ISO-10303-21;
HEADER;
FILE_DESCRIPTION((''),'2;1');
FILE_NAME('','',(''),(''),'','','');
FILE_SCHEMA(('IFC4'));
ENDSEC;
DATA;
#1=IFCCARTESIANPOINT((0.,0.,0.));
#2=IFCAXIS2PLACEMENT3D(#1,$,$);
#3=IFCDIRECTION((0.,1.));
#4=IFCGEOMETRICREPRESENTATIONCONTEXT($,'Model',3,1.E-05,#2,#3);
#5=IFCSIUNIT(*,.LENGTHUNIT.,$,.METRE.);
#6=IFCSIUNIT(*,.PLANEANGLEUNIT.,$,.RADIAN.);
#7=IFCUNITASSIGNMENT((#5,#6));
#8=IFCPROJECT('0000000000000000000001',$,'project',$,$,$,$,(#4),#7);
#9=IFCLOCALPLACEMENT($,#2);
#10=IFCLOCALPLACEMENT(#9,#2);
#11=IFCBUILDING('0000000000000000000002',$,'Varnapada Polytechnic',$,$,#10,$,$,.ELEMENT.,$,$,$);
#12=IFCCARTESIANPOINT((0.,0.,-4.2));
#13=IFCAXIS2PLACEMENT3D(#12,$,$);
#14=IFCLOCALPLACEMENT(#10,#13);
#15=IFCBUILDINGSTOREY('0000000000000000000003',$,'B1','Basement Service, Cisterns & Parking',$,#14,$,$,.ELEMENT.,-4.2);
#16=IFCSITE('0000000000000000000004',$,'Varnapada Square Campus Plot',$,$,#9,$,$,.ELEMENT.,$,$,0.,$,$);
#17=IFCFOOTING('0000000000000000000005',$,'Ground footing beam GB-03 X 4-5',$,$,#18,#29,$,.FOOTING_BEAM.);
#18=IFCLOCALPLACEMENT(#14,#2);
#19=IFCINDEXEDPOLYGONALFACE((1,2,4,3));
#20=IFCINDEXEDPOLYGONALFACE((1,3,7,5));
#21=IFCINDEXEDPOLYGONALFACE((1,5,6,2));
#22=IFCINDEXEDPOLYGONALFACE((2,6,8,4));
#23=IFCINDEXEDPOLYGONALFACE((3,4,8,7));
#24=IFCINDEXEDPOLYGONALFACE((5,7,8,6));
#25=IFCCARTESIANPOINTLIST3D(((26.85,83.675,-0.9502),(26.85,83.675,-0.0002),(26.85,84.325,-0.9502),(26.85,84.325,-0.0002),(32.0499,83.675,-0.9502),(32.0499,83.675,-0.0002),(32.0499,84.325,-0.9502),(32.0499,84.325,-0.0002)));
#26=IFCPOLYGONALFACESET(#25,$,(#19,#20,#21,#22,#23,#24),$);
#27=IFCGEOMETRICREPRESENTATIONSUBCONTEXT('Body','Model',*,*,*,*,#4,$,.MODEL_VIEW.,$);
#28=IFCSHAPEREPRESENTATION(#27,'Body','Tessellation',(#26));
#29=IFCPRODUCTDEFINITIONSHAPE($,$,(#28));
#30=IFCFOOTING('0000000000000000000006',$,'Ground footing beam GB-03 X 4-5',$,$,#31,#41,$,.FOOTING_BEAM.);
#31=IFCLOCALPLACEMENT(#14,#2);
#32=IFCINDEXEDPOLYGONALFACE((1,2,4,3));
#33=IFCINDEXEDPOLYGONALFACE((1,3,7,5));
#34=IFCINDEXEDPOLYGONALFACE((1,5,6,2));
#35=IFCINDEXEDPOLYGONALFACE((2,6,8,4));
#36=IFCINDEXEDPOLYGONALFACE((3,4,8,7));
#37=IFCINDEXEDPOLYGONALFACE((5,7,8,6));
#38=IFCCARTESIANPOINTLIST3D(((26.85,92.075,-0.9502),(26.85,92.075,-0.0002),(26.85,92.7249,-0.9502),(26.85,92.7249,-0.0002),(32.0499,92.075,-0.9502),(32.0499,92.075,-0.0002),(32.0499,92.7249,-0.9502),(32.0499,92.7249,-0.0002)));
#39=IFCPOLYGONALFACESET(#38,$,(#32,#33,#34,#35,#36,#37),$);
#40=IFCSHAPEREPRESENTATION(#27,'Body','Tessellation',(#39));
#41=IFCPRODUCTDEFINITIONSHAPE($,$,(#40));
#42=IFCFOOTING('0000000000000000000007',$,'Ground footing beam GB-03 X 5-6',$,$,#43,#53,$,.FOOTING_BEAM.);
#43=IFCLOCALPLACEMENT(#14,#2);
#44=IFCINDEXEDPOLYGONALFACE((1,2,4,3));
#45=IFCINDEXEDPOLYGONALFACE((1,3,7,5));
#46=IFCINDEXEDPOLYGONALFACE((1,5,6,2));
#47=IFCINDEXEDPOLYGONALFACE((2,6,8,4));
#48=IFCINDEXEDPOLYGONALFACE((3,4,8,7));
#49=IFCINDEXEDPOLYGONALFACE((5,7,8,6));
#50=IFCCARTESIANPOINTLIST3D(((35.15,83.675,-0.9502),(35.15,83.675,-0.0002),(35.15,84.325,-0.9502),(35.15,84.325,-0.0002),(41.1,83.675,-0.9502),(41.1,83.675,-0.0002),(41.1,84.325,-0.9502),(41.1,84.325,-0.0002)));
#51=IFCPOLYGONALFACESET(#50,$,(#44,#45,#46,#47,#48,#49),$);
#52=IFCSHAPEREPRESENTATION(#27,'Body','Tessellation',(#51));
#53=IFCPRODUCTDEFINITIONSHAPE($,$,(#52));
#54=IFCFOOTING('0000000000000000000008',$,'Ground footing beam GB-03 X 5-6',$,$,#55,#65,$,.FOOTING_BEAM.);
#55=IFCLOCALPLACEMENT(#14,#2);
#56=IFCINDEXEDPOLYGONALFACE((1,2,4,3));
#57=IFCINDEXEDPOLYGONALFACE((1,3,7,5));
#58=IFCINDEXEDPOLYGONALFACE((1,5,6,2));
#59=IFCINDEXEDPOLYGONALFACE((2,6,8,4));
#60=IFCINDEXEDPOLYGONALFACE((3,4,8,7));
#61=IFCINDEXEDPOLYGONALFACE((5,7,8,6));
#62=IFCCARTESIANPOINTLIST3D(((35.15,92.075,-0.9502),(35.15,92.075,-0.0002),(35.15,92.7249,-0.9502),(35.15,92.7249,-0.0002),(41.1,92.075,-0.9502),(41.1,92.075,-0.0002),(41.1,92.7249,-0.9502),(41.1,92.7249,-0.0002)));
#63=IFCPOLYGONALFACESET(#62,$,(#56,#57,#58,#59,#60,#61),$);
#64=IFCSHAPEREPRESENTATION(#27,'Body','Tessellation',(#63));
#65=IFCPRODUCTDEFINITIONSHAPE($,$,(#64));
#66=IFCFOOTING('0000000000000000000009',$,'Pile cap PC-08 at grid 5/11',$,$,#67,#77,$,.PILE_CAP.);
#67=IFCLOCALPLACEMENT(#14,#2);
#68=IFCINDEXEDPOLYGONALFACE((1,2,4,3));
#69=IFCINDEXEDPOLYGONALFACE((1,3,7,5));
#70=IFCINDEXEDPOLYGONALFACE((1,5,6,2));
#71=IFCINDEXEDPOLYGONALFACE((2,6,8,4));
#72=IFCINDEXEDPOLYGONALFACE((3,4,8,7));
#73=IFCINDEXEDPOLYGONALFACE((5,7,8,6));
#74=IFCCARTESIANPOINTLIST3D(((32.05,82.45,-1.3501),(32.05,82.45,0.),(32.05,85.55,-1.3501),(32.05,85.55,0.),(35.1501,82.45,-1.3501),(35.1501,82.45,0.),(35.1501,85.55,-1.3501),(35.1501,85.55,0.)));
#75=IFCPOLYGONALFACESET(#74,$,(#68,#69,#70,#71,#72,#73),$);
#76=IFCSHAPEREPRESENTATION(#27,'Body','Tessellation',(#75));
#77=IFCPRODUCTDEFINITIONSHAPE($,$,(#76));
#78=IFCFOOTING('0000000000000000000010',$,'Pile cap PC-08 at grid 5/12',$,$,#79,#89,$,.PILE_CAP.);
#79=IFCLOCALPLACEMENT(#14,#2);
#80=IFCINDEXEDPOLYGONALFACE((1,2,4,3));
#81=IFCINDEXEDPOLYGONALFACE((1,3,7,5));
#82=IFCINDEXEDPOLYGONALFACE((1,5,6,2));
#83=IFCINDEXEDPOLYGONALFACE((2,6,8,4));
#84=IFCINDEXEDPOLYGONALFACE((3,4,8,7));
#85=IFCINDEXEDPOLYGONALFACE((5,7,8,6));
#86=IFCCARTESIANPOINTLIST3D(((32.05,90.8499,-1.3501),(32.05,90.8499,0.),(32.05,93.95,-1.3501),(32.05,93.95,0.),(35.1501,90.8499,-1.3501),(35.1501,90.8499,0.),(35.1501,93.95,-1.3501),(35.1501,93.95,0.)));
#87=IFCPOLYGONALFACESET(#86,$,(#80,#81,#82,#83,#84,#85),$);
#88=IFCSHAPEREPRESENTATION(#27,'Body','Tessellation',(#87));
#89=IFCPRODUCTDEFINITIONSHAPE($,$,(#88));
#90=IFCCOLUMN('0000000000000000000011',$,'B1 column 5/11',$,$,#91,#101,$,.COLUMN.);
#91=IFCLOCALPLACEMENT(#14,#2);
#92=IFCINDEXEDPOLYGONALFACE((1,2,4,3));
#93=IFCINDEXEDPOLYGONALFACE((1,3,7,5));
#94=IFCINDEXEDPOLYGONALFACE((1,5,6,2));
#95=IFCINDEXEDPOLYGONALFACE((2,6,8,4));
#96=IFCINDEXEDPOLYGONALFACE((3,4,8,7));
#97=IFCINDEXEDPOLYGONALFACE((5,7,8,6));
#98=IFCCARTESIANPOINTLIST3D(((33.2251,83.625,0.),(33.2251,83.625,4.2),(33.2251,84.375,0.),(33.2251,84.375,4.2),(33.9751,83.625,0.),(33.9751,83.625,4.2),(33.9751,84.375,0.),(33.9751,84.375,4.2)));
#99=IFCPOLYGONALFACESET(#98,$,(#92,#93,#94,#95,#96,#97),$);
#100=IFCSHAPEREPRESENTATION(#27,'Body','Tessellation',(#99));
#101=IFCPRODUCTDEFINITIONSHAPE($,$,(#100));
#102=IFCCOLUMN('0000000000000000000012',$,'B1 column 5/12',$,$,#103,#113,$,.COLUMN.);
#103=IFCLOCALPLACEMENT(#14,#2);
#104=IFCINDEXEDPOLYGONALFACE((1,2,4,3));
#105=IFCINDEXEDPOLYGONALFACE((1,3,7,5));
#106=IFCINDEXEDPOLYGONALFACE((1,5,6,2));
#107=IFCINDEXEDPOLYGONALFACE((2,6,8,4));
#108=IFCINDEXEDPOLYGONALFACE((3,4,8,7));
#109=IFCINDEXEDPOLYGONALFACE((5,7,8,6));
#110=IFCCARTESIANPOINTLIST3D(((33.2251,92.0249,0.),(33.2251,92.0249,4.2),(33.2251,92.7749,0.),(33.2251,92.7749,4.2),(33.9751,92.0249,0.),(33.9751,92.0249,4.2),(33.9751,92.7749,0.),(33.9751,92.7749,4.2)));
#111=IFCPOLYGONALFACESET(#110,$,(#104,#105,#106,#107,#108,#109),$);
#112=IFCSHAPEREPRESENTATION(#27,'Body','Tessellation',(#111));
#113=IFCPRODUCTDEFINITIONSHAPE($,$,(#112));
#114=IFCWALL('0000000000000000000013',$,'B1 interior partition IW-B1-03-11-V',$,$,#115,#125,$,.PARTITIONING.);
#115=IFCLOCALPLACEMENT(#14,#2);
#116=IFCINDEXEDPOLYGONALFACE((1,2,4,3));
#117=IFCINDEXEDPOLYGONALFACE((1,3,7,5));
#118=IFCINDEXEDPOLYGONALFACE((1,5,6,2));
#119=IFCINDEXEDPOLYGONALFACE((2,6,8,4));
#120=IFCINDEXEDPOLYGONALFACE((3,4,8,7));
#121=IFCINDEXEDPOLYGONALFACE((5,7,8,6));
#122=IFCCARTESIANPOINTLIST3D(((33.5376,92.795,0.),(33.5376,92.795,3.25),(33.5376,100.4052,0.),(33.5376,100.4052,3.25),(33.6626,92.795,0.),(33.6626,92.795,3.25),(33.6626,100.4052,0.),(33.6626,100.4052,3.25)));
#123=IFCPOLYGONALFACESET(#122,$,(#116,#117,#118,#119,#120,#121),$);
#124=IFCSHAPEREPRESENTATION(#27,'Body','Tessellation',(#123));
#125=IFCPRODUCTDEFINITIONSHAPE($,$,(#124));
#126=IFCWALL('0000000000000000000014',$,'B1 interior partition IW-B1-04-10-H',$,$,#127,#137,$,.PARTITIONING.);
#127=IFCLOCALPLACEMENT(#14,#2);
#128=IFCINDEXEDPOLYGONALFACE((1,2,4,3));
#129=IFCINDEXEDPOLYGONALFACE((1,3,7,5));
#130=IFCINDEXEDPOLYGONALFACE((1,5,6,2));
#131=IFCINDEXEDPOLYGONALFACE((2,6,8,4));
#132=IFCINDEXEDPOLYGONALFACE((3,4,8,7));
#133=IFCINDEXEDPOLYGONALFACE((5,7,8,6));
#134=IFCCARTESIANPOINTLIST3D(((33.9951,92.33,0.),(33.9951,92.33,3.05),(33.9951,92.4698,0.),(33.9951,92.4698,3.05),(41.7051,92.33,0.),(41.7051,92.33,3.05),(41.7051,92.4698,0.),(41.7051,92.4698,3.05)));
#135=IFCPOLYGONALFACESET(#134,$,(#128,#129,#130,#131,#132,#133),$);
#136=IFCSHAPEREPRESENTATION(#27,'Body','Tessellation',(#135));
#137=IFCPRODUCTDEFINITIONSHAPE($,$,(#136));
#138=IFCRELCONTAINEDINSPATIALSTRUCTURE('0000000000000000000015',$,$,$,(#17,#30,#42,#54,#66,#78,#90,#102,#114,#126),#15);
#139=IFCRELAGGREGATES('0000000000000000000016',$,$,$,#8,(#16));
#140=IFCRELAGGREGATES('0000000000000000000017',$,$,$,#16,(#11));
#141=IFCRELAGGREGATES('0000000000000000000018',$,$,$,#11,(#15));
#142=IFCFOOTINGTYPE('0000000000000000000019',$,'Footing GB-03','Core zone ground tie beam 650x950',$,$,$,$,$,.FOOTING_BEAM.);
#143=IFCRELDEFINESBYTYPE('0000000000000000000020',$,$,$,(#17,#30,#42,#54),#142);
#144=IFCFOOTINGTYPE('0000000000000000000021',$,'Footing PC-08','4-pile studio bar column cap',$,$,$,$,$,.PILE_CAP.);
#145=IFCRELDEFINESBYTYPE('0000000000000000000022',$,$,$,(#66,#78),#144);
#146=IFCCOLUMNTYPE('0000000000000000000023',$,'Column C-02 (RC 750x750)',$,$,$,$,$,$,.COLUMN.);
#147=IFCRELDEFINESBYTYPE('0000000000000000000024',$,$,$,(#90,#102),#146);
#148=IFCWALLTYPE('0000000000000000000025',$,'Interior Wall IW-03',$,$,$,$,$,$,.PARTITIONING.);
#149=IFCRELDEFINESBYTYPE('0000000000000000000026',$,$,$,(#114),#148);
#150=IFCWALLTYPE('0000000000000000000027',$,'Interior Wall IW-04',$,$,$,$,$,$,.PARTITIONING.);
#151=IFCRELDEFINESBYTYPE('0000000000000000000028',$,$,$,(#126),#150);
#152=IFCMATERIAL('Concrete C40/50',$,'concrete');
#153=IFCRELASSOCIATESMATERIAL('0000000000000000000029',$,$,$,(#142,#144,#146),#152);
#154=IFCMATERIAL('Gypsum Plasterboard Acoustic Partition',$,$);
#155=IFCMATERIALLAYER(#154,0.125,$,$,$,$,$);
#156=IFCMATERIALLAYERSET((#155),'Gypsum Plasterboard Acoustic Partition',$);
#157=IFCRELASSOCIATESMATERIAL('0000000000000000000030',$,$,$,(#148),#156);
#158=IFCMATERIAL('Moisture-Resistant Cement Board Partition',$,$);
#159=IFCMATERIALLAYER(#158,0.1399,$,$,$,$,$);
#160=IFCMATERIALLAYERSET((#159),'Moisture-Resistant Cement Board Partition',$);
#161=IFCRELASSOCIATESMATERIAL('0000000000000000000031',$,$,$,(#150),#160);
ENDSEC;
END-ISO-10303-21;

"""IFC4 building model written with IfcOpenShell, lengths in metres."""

from ifc_helpers import new_model, si_unit, direction, frame, frame_2d, origin, origin_2d, place, context, subcontext, project, spatial, rectangle, extrude, material, layer, layer_set, material_profile, profile_set, type_object, element, save


model = new_model("IFC4")

# Units and contexts
model_context = context("Model", 3, precision=1e-05, world=origin(), true_north=direction((0.0, 1.0)))
body_context = subcontext(model_context, "Body", "Model", "MODEL_VIEW")
ifc_project = project(units=[si_unit("LENGTHUNIT", "METRE"), si_unit("PLANEANGLEUNIT", "RADIAN")], contexts=[model_context])

# Site, building, storey
site_placement = place(None, origin())
site = spatial("IfcSite", under=ifc_project, at=site_placement, Name="Varnapada Square Campus Plot", CompositionType="ELEMENT", RefElevation=0.0)
building_placement = place(site_placement, origin())
building = spatial("IfcBuilding", under=site, at=building_placement, Name="Varnapada Polytechnic", CompositionType="ELEMENT")
storey_placement = place(building_placement, frame((0.0, 0.0, -4.2)))
storey = spatial("IfcBuildingStorey", under=building, at=storey_placement, Name="B1", Description="Basement Service, Cisterns & Parking", CompositionType="ELEMENT", Elevation=-4.2)

# Shared definitions
ifc_material_1 = material(Name="Concrete C40/50", Category="concrete")

# Footings
footing_type_1 = type_object("IfcFootingType", Name="Footing GB-03", Description="Core zone ground tie beam 650x950", PredefinedType="FOOTING_BEAM", material=ifc_material_1)
for number, where, z_axis, x_axis, name in (
    (1, (29.45, 84.0, -0.9502), (0.0, 0.0, 1.0), (1.0, 0.0, 0.0), "Ground footing beam GB-03 X 4-5"),
    (2, (29.45, 92.3999, -0.9502), (0.0, 0.0, 1.0), (1.0, 0.0, 0.0), "Ground footing beam GB-03 X 4-5"),
):
    element("IfcFooting", number, at=place(storey_placement, frame(where, z_axis=z_axis, x_axis=x_axis)), inside=storey, type_object=footing_type_1, Name=name, PredefinedType="FOOTING_BEAM", context=body_context, shape_type="SweptSolid", body=[
        extrude(rectangle(XDim=5.2, YDim=0.6499, at=origin_2d()), origin(), (0.0, 0.0, 1.0), 0.95),
    ])
for number, where, z_axis, x_axis, name in (
    (3, (38.125, 84.0, -0.9502), (0.0, 0.0, 1.0), (1.0, 0.0, 0.0), "Ground footing beam GB-03 X 5-6"),
    (4, (38.125, 92.3999, -0.9502), (0.0, 0.0, 1.0), (1.0, 0.0, 0.0), "Ground footing beam GB-03 X 5-6"),
):
    element("IfcFooting", number, at=place(storey_placement, frame(where, z_axis=z_axis, x_axis=x_axis)), inside=storey, type_object=footing_type_1, Name=name, PredefinedType="FOOTING_BEAM", context=body_context, shape_type="SweptSolid", body=[
        extrude(rectangle(XDim=5.95, YDim=0.6499, at=origin_2d()), origin(), (0.0, 0.0, 1.0), 0.95),
    ])
footing_type_2 = type_object("IfcFootingType", Name="Footing PC-08", Description="4-pile studio bar column cap", PredefinedType="PILE_CAP", material=ifc_material_1)
for number, where, z_axis, x_axis, name in (
    (5, (33.6001, 84.0, -1.3501), (0.0, 0.0, 1.0), (1.0, 0.0, 0.0), "Pile cap PC-08 at grid 5/11"),
    (6, (33.6001, 92.3999, -1.3501), (0.0, 0.0, 1.0), (1.0, 0.0, 0.0), "Pile cap PC-08 at grid 5/12"),
):
    element("IfcFooting", number, at=place(storey_placement, frame(where, z_axis=z_axis, x_axis=x_axis)), inside=storey, type_object=footing_type_2, Name=name, PredefinedType="PILE_CAP", context=body_context, shape_type="SweptSolid", body=[
        extrude(rectangle(XDim=3.1001, YDim=3.1001, at=origin_2d()), origin(), (0.0, 0.0, 1.0), 1.3501),
    ])

# Columns
ifc_material_profile_1 = material_profile(ifc_material_1, rectangle(XDim=0.75, YDim=0.75, at=origin_2d()), Name="RC 750x750")
ifc_profile_set_1 = profile_set([ifc_material_profile_1], Name="Concrete C40/50")
column_type = type_object("IfcColumnType", Name="Column C-02 (RC 750x750)", PredefinedType="COLUMN", material=ifc_profile_set_1)
for number, where, z_axis, x_axis, name in (
    (7, (33.6001, 84.0, 0.0), (0.0, 0.0, 1.0), (1.0, 0.0, 0.0), "B1 column 5/11"),
    (8, (33.6001, 92.3999, 0.0), (0.0, 0.0, 1.0), (1.0, 0.0, 0.0), "B1 column 5/12"),
):
    element("IfcColumn", number, at=place(storey_placement, frame(where, z_axis=z_axis, x_axis=x_axis)), inside=storey, type_object=column_type, Name=name, PredefinedType="COLUMN", context=body_context, shape_type="SweptSolid", body=[
        extrude(rectangle(XDim=0.75, YDim=0.75, at=origin_2d()), origin(), (0.0, 0.0, 1.0), 4.2),
    ])

# Walls
ifc_material_2 = material(Name="Gypsum Plasterboard Acoustic Partition")
ifc_layer_1 = layer(ifc_material_2, 0.125)
ifc_layer_set_1 = layer_set([ifc_layer_1], Name="Gypsum Plasterboard Acoustic Partition")
wall_type_1 = type_object("IfcWallType", Name="Interior Wall IW-03", PredefinedType="PARTITIONING", material=ifc_layer_set_1)
wall_1_placement = place(storey_placement, frame((33.6001, 92.7949, 0.0), z_axis=(0.0, 0.0, 1.0), x_axis=(0.0, 1.0, 0.0)))
element("IfcWall", 9, at=wall_1_placement, inside=storey, type_object=wall_type_1, Name="B1 interior partition IW-B1-03-11-V", PredefinedType="PARTITIONING", context=body_context, shape_type="SweptSolid", body=[
    extrude(rectangle(XDim=7.6101, YDim=0.125, at=frame_2d((3.8052, 0.0))), origin(), (0.0, 0.0, 1.0), 3.25),
])
ifc_material_3 = material(Name="Moisture-Resistant Cement Board Partition")
ifc_layer_2 = layer(ifc_material_3, 0.1399)
ifc_layer_set_2 = layer_set([ifc_layer_2], Name="Moisture-Resistant Cement Board Partition")
wall_type_2 = type_object("IfcWallType", Name="Interior Wall IW-04", PredefinedType="PARTITIONING", material=ifc_layer_set_2)
wall_2_placement = place(storey_placement, frame((33.9951, 92.3999, 0.0), z_axis=(0.0, 0.0, 1.0), x_axis=(1.0, 0.0, 0.0)))
element("IfcWall", 10, at=wall_2_placement, inside=storey, type_object=wall_type_2, Name="B1 interior partition IW-B1-04-10-H", PredefinedType="PARTITIONING", context=body_context, shape_type="SweptSolid", body=[
    extrude(rectangle(XDim=7.71, YDim=0.1399, at=frame_2d((3.855, 0.0))), origin(), (0.0, 0.0, 1.0), 3.05),
])

save(model, "model.ifc")
